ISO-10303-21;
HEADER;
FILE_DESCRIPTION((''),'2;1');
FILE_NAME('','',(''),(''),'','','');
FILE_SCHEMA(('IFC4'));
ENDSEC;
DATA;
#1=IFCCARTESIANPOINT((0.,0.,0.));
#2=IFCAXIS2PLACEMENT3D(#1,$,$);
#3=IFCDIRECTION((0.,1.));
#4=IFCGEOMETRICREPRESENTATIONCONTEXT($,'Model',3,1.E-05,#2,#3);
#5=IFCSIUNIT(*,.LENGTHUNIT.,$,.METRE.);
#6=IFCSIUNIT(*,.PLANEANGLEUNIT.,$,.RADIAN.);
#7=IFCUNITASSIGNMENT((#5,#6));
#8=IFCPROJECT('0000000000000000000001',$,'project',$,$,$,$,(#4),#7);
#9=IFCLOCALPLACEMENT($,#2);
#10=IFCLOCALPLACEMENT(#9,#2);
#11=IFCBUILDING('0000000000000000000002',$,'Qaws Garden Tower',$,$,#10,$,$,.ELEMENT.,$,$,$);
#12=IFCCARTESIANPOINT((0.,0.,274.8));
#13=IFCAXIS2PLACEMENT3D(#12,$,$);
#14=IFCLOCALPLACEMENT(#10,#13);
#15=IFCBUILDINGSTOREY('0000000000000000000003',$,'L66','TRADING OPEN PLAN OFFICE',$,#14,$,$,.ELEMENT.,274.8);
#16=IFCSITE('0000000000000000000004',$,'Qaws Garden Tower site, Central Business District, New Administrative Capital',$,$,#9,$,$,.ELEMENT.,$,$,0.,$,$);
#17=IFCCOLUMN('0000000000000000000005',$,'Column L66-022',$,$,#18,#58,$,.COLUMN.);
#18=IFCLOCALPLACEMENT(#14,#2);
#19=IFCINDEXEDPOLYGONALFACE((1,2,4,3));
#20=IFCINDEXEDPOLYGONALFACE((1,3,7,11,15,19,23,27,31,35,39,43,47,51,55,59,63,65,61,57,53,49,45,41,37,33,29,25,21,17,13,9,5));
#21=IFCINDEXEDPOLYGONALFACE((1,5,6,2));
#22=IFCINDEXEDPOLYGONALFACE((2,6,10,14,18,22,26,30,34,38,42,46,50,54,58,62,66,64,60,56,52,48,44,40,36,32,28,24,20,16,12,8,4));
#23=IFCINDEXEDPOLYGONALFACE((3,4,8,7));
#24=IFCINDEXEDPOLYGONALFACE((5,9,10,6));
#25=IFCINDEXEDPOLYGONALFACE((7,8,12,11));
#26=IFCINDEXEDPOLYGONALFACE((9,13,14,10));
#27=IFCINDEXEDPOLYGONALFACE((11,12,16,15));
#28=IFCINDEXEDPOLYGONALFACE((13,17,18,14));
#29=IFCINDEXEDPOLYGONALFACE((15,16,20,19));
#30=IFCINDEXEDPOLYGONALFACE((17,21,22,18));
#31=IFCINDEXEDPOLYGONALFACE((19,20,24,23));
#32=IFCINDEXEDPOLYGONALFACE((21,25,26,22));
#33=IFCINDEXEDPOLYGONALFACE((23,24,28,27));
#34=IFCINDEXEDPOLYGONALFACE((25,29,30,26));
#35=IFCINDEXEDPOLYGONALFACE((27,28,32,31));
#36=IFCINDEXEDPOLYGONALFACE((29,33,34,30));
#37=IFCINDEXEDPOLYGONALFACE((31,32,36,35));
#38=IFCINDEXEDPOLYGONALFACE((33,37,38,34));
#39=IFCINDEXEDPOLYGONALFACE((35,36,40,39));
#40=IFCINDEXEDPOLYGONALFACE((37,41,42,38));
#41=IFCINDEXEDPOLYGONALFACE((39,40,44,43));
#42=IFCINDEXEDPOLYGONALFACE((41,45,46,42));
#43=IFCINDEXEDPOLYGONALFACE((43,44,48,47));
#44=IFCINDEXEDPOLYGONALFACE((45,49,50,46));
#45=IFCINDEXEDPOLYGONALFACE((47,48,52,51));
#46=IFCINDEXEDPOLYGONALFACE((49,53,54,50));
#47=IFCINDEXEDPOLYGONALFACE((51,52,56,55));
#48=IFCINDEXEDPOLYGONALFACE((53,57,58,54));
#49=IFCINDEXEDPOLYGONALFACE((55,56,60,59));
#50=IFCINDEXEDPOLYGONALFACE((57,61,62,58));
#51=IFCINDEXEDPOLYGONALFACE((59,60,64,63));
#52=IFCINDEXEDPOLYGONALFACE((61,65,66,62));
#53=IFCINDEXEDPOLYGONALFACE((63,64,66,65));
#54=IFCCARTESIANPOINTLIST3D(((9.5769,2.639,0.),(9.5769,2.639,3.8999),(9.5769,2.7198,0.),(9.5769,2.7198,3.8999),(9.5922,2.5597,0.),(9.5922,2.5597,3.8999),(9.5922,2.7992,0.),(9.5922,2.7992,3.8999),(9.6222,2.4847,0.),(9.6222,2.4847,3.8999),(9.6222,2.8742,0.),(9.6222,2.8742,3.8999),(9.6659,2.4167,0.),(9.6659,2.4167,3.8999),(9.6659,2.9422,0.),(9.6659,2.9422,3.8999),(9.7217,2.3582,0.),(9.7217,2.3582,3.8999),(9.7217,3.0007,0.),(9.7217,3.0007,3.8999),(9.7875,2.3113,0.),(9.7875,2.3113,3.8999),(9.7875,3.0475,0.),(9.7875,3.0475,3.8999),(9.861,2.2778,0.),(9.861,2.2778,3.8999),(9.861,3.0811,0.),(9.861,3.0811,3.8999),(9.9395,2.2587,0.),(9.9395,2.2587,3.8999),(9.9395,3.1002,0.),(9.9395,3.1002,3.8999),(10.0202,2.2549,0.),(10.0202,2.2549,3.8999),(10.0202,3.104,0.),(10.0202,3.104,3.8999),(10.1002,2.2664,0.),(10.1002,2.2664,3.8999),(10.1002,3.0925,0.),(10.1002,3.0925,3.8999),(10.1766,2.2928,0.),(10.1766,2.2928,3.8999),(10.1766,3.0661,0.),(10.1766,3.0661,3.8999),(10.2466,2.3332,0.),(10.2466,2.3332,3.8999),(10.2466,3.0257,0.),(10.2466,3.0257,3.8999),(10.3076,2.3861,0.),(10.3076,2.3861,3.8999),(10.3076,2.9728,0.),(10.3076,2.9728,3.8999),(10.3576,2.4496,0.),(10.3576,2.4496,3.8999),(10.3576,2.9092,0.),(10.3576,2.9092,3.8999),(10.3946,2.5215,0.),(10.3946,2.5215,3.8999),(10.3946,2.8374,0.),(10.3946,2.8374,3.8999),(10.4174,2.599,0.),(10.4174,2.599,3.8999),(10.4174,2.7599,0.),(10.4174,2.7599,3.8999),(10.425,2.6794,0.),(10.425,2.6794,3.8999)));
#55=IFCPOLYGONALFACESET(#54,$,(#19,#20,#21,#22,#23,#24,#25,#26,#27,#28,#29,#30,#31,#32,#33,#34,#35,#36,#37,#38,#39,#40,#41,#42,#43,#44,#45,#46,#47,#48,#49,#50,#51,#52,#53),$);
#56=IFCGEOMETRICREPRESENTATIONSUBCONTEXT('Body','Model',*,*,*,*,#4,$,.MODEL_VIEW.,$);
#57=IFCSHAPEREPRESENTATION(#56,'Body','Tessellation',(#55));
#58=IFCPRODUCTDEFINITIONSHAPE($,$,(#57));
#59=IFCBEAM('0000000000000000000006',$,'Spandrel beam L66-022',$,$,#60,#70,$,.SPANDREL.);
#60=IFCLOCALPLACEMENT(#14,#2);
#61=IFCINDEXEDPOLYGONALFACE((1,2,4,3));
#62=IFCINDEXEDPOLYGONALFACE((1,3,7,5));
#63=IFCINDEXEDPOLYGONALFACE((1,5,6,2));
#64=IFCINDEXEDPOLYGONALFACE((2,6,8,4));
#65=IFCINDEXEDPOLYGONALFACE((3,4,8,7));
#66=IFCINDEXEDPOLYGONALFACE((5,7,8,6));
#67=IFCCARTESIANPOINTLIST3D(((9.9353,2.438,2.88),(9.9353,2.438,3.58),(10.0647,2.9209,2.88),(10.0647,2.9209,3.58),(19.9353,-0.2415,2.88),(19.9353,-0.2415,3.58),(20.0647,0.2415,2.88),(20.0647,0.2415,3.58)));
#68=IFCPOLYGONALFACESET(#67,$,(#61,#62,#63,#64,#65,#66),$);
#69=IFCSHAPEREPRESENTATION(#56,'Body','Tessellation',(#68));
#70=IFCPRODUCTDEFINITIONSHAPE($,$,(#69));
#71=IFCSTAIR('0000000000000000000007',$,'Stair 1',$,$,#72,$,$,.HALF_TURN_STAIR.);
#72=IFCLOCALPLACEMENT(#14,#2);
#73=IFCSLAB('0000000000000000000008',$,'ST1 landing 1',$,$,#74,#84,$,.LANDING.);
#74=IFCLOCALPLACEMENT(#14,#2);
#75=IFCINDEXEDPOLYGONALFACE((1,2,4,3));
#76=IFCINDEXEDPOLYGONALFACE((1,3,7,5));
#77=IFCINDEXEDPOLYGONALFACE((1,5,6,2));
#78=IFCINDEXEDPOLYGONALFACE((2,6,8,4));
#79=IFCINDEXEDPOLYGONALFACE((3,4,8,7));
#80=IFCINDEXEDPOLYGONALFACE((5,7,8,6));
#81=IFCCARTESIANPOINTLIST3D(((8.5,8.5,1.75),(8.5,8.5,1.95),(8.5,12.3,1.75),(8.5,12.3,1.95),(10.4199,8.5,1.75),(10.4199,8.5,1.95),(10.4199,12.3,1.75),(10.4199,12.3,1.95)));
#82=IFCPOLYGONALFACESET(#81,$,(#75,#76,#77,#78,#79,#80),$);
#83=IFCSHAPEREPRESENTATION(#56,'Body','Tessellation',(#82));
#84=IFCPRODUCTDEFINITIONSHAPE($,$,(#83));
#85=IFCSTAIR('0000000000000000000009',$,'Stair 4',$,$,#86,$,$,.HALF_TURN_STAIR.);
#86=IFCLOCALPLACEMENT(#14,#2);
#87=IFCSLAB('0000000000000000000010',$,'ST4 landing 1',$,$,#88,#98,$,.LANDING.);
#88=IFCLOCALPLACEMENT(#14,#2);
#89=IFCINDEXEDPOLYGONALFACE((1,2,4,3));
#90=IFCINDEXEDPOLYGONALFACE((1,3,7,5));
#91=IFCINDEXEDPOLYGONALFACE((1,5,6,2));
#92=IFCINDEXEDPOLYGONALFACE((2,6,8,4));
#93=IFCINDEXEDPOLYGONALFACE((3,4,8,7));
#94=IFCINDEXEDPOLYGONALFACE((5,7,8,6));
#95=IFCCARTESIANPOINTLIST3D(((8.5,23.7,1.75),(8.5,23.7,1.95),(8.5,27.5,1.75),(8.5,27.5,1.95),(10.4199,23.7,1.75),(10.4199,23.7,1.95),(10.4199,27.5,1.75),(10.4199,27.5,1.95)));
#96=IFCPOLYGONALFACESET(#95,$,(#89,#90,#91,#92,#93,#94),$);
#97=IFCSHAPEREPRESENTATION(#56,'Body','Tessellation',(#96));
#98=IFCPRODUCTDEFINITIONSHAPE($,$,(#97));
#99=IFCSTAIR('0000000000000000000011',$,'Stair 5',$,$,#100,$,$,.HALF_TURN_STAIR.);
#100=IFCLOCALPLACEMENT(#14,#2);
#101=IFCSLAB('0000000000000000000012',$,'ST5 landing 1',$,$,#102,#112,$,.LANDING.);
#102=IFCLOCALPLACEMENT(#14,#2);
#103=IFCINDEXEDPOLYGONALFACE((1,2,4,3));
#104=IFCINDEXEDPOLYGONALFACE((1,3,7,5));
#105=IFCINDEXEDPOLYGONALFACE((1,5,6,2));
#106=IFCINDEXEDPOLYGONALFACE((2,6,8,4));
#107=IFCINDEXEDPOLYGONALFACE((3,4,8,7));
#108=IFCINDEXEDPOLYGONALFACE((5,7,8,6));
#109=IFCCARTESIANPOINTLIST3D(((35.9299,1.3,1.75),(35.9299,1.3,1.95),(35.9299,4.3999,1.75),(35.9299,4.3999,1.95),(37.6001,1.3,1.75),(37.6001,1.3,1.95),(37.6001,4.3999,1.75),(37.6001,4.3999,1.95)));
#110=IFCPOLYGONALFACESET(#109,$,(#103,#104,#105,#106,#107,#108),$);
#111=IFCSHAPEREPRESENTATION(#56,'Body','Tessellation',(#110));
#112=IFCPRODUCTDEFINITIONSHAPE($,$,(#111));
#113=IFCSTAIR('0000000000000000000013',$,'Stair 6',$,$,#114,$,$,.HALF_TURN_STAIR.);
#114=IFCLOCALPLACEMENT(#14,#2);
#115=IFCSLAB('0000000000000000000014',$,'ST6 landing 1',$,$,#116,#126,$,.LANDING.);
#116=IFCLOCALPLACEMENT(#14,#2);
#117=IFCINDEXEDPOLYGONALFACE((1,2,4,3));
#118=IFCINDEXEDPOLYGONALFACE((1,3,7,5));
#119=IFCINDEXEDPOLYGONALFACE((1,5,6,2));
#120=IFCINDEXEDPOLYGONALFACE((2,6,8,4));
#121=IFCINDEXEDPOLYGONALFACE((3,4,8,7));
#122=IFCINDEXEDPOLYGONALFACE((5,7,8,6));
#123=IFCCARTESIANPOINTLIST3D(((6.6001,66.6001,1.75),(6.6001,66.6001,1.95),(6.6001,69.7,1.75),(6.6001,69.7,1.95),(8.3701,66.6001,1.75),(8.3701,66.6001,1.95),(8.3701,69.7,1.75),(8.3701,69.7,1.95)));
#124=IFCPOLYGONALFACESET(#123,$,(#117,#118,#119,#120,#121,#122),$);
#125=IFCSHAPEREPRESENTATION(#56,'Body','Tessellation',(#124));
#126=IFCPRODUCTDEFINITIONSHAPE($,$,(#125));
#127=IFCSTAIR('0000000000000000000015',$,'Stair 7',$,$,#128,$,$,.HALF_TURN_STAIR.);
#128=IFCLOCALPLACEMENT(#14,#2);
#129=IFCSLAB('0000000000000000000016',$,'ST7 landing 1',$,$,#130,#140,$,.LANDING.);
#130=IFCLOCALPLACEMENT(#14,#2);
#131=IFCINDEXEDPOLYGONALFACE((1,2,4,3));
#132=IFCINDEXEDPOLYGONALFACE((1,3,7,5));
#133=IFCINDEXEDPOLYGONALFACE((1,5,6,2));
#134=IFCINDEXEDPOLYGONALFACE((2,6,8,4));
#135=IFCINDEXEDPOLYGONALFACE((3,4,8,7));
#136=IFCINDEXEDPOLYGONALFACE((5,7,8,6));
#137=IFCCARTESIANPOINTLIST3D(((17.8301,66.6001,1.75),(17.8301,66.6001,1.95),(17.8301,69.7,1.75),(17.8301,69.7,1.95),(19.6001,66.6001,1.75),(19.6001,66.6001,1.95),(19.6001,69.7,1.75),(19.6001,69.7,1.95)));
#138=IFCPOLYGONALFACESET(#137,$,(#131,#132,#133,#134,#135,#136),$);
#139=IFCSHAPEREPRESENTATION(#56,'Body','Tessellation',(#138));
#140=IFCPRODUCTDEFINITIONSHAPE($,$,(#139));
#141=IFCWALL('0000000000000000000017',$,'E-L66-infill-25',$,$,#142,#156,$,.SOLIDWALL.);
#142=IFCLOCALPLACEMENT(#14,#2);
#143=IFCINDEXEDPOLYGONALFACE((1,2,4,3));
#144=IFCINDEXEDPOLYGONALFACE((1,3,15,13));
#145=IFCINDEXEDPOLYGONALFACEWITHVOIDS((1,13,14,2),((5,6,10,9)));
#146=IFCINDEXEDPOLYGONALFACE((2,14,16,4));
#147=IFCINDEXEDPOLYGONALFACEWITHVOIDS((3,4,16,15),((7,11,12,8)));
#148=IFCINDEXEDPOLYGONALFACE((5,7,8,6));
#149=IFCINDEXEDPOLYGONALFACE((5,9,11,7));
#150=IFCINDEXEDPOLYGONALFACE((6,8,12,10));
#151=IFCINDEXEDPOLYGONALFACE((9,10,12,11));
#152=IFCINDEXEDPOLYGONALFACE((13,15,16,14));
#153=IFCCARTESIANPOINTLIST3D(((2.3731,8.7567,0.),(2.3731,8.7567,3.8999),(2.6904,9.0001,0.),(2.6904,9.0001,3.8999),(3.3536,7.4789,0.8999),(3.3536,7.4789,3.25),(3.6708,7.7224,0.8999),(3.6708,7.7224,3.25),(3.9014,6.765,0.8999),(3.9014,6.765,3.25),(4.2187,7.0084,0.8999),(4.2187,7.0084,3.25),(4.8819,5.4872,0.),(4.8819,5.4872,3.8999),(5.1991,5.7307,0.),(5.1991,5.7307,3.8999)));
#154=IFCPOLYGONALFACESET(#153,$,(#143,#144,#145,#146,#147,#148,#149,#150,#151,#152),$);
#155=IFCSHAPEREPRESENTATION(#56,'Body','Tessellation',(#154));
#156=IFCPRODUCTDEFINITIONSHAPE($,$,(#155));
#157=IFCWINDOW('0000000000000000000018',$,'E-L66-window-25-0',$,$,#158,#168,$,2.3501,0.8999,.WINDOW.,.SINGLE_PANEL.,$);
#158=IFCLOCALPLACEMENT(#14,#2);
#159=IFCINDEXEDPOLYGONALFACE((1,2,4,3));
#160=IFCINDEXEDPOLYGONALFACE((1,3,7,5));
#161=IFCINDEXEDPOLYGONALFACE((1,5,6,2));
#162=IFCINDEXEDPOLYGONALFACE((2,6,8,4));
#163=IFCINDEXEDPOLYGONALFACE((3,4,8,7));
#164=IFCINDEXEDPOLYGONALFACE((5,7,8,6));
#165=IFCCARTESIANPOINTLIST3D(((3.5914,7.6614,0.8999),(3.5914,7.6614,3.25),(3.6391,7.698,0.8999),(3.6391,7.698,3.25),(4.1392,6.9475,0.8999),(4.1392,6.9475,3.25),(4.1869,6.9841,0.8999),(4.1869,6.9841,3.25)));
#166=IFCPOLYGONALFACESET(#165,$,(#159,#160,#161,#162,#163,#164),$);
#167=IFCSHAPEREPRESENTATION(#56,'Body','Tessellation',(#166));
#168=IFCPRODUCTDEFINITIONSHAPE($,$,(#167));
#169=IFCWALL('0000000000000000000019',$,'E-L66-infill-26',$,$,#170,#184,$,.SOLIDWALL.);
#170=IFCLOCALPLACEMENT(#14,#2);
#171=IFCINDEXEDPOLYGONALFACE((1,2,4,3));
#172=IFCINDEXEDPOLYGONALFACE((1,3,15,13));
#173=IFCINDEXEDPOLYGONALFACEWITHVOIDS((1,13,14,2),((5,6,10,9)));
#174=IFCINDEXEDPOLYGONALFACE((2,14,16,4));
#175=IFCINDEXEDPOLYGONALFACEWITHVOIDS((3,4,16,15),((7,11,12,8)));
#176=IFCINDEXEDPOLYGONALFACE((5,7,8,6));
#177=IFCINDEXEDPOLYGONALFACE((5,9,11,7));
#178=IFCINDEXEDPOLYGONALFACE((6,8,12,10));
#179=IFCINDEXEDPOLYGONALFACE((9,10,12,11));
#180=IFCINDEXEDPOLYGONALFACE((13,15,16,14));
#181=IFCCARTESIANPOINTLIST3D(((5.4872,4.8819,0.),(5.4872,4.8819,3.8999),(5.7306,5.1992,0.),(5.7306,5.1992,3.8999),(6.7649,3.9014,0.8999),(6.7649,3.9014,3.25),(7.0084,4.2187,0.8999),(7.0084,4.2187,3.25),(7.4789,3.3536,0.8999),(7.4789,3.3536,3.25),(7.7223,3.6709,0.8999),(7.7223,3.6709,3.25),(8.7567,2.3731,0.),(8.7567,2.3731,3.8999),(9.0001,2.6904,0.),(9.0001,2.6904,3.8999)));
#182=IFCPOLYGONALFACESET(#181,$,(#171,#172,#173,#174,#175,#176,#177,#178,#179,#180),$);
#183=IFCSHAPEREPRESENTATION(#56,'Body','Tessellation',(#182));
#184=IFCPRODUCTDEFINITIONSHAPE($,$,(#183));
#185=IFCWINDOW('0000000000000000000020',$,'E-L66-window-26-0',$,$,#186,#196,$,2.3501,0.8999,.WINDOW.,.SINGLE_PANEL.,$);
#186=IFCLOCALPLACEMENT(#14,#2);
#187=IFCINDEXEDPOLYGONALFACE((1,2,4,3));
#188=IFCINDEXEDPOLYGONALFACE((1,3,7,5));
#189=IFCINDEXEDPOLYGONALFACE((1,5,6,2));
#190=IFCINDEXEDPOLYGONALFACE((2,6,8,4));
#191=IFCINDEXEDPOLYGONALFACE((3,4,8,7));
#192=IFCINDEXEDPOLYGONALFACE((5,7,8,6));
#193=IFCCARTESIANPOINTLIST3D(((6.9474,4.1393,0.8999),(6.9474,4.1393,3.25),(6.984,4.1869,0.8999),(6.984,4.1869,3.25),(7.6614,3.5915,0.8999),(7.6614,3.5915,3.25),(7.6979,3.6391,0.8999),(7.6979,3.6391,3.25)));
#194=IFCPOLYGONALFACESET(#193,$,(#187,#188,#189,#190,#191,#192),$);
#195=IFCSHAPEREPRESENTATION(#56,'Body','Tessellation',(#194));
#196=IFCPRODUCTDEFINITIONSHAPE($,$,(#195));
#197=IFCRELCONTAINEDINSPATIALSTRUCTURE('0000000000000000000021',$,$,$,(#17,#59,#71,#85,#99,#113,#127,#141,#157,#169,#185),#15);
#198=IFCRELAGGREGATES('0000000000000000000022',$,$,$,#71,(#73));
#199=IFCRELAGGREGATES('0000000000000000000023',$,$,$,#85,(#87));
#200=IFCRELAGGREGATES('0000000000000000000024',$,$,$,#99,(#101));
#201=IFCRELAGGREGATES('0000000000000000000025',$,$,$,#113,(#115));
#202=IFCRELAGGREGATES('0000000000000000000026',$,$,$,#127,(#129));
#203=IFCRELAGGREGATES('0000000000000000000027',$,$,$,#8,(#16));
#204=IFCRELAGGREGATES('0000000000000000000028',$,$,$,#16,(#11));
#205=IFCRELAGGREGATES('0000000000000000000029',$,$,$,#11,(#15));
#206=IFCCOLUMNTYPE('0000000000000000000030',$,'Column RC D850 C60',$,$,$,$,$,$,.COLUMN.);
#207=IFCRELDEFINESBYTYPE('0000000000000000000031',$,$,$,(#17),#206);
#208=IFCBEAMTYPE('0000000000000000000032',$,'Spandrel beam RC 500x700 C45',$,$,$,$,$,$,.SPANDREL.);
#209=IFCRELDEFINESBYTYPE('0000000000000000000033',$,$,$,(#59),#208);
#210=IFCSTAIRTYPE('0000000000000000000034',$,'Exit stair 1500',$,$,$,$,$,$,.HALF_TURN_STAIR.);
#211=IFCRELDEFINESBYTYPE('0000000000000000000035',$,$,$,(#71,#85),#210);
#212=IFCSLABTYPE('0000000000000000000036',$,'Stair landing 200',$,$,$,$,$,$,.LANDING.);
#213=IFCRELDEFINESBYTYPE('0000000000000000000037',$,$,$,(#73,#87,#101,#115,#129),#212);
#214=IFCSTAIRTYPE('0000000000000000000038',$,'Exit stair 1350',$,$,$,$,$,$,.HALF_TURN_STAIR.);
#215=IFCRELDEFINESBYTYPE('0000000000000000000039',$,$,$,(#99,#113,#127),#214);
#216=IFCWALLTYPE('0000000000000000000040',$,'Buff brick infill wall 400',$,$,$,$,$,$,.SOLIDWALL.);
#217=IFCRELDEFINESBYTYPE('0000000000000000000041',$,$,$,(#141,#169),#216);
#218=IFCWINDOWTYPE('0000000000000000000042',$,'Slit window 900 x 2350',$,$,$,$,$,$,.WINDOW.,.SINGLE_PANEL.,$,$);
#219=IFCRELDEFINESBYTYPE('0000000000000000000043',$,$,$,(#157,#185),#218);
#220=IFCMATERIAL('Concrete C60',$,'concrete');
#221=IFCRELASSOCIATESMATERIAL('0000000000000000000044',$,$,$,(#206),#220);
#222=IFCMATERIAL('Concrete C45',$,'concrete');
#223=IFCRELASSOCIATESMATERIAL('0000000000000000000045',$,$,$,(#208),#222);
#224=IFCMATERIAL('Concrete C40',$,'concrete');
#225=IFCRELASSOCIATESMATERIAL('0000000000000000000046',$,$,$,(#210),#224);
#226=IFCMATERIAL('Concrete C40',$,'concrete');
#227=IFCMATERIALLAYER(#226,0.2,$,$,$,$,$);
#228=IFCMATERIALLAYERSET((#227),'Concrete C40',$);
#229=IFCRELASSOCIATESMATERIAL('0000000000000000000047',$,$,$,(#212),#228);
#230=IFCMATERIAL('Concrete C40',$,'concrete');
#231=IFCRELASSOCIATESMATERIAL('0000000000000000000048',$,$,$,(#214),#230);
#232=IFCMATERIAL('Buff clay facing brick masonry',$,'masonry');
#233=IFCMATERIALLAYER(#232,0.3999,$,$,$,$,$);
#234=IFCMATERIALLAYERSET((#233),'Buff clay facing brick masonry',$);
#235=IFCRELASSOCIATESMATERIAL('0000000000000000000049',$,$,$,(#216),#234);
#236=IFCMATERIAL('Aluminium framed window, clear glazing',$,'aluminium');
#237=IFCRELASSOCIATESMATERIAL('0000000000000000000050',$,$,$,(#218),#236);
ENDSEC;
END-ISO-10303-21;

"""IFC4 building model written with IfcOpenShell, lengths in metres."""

from ifc_helpers import new_model, si_unit, direction, frame, frame_2d, origin, origin_2d, place, context, subcontext, project, spatial, polyline, rectangle, circle, outline, extrude, material, layer, layer_set, material_profile, profile_set, type_object, element, fill, aggregate, save


model = new_model("IFC4")

# Units and contexts
model_context = context("Model", 3, precision=1e-05, world=origin(), true_north=direction((0.0, 1.0)))
body_context = subcontext(model_context, "Body", "Model", "MODEL_VIEW")
ifc_project = project(units=[si_unit("LENGTHUNIT", "METRE"), si_unit("PLANEANGLEUNIT", "RADIAN")], contexts=[model_context])

# Site, building, storey
site_placement = place(None, origin())
site = spatial("IfcSite", under=ifc_project, at=site_placement, Name="Qaws Garden Tower site, Central Business District, New Administrative Capital", CompositionType="ELEMENT", RefElevation=0.0)
building_placement = place(site_placement, origin())
building = spatial("IfcBuilding", under=site, at=building_placement, Name="Qaws Garden Tower", CompositionType="ELEMENT")
storey_placement = place(building_placement, frame((0.0, 0.0, 274.8)))
storey = spatial("IfcBuildingStorey", under=building, at=storey_placement, Name="L66", Description="TRADING OPEN PLAN OFFICE", CompositionType="ELEMENT", Elevation=274.8)

# Column
ifc_material_1 = material(Name="Concrete C60", Category="concrete")
ifc_material_profile_1 = material_profile(ifc_material_1, circle(Radius=0.425, at=origin_2d()), Name="RC D850")
ifc_profile_set_1 = profile_set([ifc_material_profile_1], Name="Concrete C60")
column_type = type_object("IfcColumnType", Name="Column RC D850 C60", PredefinedType="COLUMN", material=ifc_profile_set_1)
column_placement = place(storey_placement, frame((10.0, 2.6794, 0.0), z_axis=(0.0, 0.0, 1.0), x_axis=(1.0, 0.0, 0.0)))
element("IfcColumn", 1, at=column_placement, inside=storey, type_object=column_type, Name="Column L66-022", PredefinedType="COLUMN", context=body_context, shape_type="SweptSolid", body=[
    extrude(circle(Radius=0.425, at=origin_2d()), origin(), (0.0, 0.0, 1.0), 3.8999),
])

# Beam
ifc_material_2 = material(Name="Concrete C45", Category="concrete")
ifc_material_profile_2 = material_profile(ifc_material_2, rectangle(XDim=0.5, YDim=0.7, at=origin_2d()), Name="RC 500x700")
ifc_profile_set_2 = profile_set([ifc_material_profile_2], Name="Concrete C45")
beam_type = type_object("IfcBeamType", Name="Spandrel beam RC 500x700 C45", PredefinedType="SPANDREL", material=ifc_profile_set_2)
beam_placement = place(storey_placement, frame((10.0, 2.6794, 3.23), z_axis=(0.965927, -0.258815, 0.0), x_axis=(0.258815, 0.965927, 0.0)))
element("IfcBeam", 2, at=beam_placement, inside=storey, type_object=beam_type, Name="Spandrel beam L66-022", PredefinedType="SPANDREL", context=body_context, shape_type="SweptSolid", body=[
    extrude(rectangle(XDim=0.5, YDim=0.7, at=origin_2d()), origin(), (0.0, 0.0, 1.0), 10.3528),
])

# Stairs, slabs
ifc_material_3 = material(Name="Concrete C40", Category="concrete")
stair_type_1 = type_object("IfcStairType", Name="Exit stair 1500", PredefinedType="HALF_TURN_STAIR", material=ifc_material_3)
placement_1 = place(storey_placement, origin())
stair_1 = element("IfcStair", 3, at=placement_1, inside=storey, type_object=stair_type_1, Name="Stair 1", PredefinedType="HALF_TURN_STAIR")
ifc_material_4 = material(Name="Concrete C40", Category="concrete")
ifc_layer_1 = layer(ifc_material_4, 0.2)
ifc_layer_set_1 = layer_set([ifc_layer_1], Name="Concrete C40")
slab_type = type_object("IfcSlabType", Name="Stair landing 200", PredefinedType="LANDING", material=ifc_layer_set_1)
placement_2 = place(storey_placement, frame((0.0, 0.0, 1.75)))
slab_1 = element("IfcSlab", 4, at=placement_2, type_object=slab_type, Name="ST1 landing 1", PredefinedType="LANDING", context=body_context, shape_type="SweptSolid", body=[
    extrude(outline(polyline([(8.5, 8.5), (10.4199, 8.5), (10.4199, 12.3), (8.5, 12.3), (8.5, 8.5)])), origin(), (0.0, 0.0, 1.0), 0.2),
])
aggregate(stair_1, [slab_1])
stair_2 = element("IfcStair", 5, at=placement_1, inside=storey, type_object=stair_type_1, Name="Stair 4", PredefinedType="HALF_TURN_STAIR")
slab_2 = element("IfcSlab", 6, at=placement_2, type_object=slab_type, Name="ST4 landing 1", PredefinedType="LANDING", context=body_context, shape_type="SweptSolid", body=[
    extrude(outline(polyline([(8.5, 23.7), (10.4199, 23.7), (10.4199, 27.5), (8.5, 27.5), (8.5, 23.7)])), origin(), (0.0, 0.0, 1.0), 0.2),
])
aggregate(stair_2, [slab_2])
ifc_material_5 = material(Name="Concrete C40", Category="concrete")
stair_type_2 = type_object("IfcStairType", Name="Exit stair 1350", PredefinedType="HALF_TURN_STAIR", material=ifc_material_5)
stair_3 = element("IfcStair", 7, at=placement_1, inside=storey, type_object=stair_type_2, Name="Stair 5", PredefinedType="HALF_TURN_STAIR")
slab_3 = element("IfcSlab", 8, at=placement_2, type_object=slab_type, Name="ST5 landing 1", PredefinedType="LANDING", context=body_context, shape_type="SweptSolid", body=[
    extrude(outline(polyline([(35.9299, 1.3), (37.6001, 1.3), (37.6001, 4.3999), (35.9299, 4.3999), (35.9299, 1.3)])), origin(), (0.0, 0.0, 1.0), 0.2),
])
aggregate(stair_3, [slab_3])
stair_4 = element("IfcStair", 9, at=placement_1, inside=storey, type_object=stair_type_2, Name="Stair 6", PredefinedType="HALF_TURN_STAIR")
slab_4 = element("IfcSlab", 10, at=placement_2, type_object=slab_type, Name="ST6 landing 1", PredefinedType="LANDING", context=body_context, shape_type="SweptSolid", body=[
    extrude(outline(polyline([(6.6001, 66.6001), (8.3701, 66.6001), (8.3701, 69.7), (6.6001, 69.7), (6.6001, 66.6001)])), origin(), (0.0, 0.0, 1.0), 0.2),
])
aggregate(stair_4, [slab_4])
stair_5 = element("IfcStair", 11, at=placement_1, inside=storey, type_object=stair_type_2, Name="Stair 7", PredefinedType="HALF_TURN_STAIR")
slab_5 = element("IfcSlab", 12, at=placement_2, type_object=slab_type, Name="ST7 landing 1", PredefinedType="LANDING", context=body_context, shape_type="SweptSolid", body=[
    extrude(outline(polyline([(17.8301, 66.6001), (19.6001, 66.6001), (19.6001, 69.7), (17.8301, 69.7), (17.8301, 66.6001)])), origin(), (0.0, 0.0, 1.0), 0.2),
])
aggregate(stair_5, [slab_5])

# Walls, openings, windows
ifc_material_6 = material(Name="Buff clay facing brick masonry", Category="masonry")
ifc_layer_2 = layer(ifc_material_6, 0.3999)
ifc_layer_set_2 = layer_set([ifc_layer_2], Name="Buff clay facing brick masonry")
wall_type_1 = type_object("IfcWallType", Name="Buff brick infill wall 400", PredefinedType="SOLIDWALL", material=ifc_layer_set_2)
wall_1_placement = place(storey_placement, frame((2.5317, 8.8784, 0.0), z_axis=(0.0, 0.0, 1.0), x_axis=(0.60876, -0.793355, 0.0)))
wall_1 = element("IfcWall", 13, at=wall_1_placement, inside=storey, type_object=wall_type_1, Name="E-L66-infill-25", PredefinedType="SOLIDWALL", context=body_context, shape_type="SweptSolid", body=[
    extrude(rectangle(XDim=4.1211, YDim=0.3999, at=frame_2d((2.0605, 0.0))), origin(), (0.0, 0.0, 1.0), 3.8999),
])
opening_1_placement = place(wall_1_placement, frame((1.6106, 0.0, 0.8999)))
opening_1 = element("IfcOpeningElement", 14, at=opening_1_placement, cuts=wall_1, PredefinedType="OPENING", context=body_context, shape_type="SweptSolid", body=[
    extrude(rectangle(XDim=0.8999, YDim=2.3501, at=frame_2d((0.45, 1.175))), frame((0.0, 0.21, 0.0), z_axis=(0.0, -1.0, 0.0), x_axis=(1.0, 0.0, 0.0)), (0.0, 0.0, 1.0), 0.4199),
])
ifc_material_7 = material(Name="Aluminium framed window, clear glazing", Category="aluminium")
window_type = type_object("IfcWindowType", Name="Slit window 900 x 2350", PartitioningType="SINGLE_PANEL", PredefinedType="WINDOW", material=ifc_material_7)
window_1_placement = place(opening_1_placement, origin())
window_1 = element("IfcWindow", 15, at=window_1_placement, inside=storey, type_object=window_type, Name="E-L66-window-25-0", OverallHeight=2.3501, OverallWidth=0.8999, PartitioningType="SINGLE_PANEL", PredefinedType="WINDOW", context=body_context, shape_type="SweptSolid", body=[
    extrude(rectangle(XDim=0.8999, YDim=2.3501, at=frame_2d((0.45, 1.175))), frame((0.0, 0.1599, 0.0), z_axis=(0.0, -1.0, 0.0), x_axis=(1.0, 0.0, 0.0)), (0.0, 0.0, 1.0), 0.0601),
])
fill(opening_1, window_1)
wall_2_placement = place(storey_placement, frame((5.6089, 5.0405, 0.0), z_axis=(0.0, 0.0, 1.0), x_axis=(0.793355, -0.60876, 0.0)))
wall_2 = element("IfcWall", 16, at=wall_2_placement, inside=storey, type_object=wall_type_1, Name="E-L66-infill-26", PredefinedType="SOLIDWALL", context=body_context, shape_type="SweptSolid", body=[
    extrude(rectangle(XDim=4.1211, YDim=0.3999, at=frame_2d((2.0605, 0.0))), origin(), (0.0, 0.0, 1.0), 3.8999),
])
opening_2_placement = place(wall_2_placement, frame((1.6106, 0.0, 0.8999)))
opening_2 = element("IfcOpeningElement", 17, at=opening_2_placement, cuts=wall_2, PredefinedType="OPENING", context=body_context, shape_type="SweptSolid", body=[
    extrude(rectangle(XDim=0.8999, YDim=2.3501, at=frame_2d((0.45, 1.175))), frame((0.0, 0.21, 0.0), z_axis=(0.0, -1.0, 0.0), x_axis=(1.0, 0.0, 0.0)), (0.0, 0.0, 1.0), 0.4199),
])
window_2_placement = place(opening_2_placement, origin())
window_2 = element("IfcWindow", 18, at=window_2_placement, inside=storey, type_object=window_type, Name="E-L66-window-26-0", OverallHeight=2.3501, OverallWidth=0.8999, PartitioningType="SINGLE_PANEL", PredefinedType="WINDOW", context=body_context, shape_type="SweptSolid", body=[
    extrude(rectangle(XDim=0.8999, YDim=2.3501, at=frame_2d((0.45, 1.175))), frame((0.0, 0.1599, 0.0), z_axis=(0.0, -1.0, 0.0), x_axis=(1.0, 0.0, 0.0)), (0.0, 0.0, 1.0), 0.0601),
])
fill(opening_2, window_2)

save(model, "model.ifc")
